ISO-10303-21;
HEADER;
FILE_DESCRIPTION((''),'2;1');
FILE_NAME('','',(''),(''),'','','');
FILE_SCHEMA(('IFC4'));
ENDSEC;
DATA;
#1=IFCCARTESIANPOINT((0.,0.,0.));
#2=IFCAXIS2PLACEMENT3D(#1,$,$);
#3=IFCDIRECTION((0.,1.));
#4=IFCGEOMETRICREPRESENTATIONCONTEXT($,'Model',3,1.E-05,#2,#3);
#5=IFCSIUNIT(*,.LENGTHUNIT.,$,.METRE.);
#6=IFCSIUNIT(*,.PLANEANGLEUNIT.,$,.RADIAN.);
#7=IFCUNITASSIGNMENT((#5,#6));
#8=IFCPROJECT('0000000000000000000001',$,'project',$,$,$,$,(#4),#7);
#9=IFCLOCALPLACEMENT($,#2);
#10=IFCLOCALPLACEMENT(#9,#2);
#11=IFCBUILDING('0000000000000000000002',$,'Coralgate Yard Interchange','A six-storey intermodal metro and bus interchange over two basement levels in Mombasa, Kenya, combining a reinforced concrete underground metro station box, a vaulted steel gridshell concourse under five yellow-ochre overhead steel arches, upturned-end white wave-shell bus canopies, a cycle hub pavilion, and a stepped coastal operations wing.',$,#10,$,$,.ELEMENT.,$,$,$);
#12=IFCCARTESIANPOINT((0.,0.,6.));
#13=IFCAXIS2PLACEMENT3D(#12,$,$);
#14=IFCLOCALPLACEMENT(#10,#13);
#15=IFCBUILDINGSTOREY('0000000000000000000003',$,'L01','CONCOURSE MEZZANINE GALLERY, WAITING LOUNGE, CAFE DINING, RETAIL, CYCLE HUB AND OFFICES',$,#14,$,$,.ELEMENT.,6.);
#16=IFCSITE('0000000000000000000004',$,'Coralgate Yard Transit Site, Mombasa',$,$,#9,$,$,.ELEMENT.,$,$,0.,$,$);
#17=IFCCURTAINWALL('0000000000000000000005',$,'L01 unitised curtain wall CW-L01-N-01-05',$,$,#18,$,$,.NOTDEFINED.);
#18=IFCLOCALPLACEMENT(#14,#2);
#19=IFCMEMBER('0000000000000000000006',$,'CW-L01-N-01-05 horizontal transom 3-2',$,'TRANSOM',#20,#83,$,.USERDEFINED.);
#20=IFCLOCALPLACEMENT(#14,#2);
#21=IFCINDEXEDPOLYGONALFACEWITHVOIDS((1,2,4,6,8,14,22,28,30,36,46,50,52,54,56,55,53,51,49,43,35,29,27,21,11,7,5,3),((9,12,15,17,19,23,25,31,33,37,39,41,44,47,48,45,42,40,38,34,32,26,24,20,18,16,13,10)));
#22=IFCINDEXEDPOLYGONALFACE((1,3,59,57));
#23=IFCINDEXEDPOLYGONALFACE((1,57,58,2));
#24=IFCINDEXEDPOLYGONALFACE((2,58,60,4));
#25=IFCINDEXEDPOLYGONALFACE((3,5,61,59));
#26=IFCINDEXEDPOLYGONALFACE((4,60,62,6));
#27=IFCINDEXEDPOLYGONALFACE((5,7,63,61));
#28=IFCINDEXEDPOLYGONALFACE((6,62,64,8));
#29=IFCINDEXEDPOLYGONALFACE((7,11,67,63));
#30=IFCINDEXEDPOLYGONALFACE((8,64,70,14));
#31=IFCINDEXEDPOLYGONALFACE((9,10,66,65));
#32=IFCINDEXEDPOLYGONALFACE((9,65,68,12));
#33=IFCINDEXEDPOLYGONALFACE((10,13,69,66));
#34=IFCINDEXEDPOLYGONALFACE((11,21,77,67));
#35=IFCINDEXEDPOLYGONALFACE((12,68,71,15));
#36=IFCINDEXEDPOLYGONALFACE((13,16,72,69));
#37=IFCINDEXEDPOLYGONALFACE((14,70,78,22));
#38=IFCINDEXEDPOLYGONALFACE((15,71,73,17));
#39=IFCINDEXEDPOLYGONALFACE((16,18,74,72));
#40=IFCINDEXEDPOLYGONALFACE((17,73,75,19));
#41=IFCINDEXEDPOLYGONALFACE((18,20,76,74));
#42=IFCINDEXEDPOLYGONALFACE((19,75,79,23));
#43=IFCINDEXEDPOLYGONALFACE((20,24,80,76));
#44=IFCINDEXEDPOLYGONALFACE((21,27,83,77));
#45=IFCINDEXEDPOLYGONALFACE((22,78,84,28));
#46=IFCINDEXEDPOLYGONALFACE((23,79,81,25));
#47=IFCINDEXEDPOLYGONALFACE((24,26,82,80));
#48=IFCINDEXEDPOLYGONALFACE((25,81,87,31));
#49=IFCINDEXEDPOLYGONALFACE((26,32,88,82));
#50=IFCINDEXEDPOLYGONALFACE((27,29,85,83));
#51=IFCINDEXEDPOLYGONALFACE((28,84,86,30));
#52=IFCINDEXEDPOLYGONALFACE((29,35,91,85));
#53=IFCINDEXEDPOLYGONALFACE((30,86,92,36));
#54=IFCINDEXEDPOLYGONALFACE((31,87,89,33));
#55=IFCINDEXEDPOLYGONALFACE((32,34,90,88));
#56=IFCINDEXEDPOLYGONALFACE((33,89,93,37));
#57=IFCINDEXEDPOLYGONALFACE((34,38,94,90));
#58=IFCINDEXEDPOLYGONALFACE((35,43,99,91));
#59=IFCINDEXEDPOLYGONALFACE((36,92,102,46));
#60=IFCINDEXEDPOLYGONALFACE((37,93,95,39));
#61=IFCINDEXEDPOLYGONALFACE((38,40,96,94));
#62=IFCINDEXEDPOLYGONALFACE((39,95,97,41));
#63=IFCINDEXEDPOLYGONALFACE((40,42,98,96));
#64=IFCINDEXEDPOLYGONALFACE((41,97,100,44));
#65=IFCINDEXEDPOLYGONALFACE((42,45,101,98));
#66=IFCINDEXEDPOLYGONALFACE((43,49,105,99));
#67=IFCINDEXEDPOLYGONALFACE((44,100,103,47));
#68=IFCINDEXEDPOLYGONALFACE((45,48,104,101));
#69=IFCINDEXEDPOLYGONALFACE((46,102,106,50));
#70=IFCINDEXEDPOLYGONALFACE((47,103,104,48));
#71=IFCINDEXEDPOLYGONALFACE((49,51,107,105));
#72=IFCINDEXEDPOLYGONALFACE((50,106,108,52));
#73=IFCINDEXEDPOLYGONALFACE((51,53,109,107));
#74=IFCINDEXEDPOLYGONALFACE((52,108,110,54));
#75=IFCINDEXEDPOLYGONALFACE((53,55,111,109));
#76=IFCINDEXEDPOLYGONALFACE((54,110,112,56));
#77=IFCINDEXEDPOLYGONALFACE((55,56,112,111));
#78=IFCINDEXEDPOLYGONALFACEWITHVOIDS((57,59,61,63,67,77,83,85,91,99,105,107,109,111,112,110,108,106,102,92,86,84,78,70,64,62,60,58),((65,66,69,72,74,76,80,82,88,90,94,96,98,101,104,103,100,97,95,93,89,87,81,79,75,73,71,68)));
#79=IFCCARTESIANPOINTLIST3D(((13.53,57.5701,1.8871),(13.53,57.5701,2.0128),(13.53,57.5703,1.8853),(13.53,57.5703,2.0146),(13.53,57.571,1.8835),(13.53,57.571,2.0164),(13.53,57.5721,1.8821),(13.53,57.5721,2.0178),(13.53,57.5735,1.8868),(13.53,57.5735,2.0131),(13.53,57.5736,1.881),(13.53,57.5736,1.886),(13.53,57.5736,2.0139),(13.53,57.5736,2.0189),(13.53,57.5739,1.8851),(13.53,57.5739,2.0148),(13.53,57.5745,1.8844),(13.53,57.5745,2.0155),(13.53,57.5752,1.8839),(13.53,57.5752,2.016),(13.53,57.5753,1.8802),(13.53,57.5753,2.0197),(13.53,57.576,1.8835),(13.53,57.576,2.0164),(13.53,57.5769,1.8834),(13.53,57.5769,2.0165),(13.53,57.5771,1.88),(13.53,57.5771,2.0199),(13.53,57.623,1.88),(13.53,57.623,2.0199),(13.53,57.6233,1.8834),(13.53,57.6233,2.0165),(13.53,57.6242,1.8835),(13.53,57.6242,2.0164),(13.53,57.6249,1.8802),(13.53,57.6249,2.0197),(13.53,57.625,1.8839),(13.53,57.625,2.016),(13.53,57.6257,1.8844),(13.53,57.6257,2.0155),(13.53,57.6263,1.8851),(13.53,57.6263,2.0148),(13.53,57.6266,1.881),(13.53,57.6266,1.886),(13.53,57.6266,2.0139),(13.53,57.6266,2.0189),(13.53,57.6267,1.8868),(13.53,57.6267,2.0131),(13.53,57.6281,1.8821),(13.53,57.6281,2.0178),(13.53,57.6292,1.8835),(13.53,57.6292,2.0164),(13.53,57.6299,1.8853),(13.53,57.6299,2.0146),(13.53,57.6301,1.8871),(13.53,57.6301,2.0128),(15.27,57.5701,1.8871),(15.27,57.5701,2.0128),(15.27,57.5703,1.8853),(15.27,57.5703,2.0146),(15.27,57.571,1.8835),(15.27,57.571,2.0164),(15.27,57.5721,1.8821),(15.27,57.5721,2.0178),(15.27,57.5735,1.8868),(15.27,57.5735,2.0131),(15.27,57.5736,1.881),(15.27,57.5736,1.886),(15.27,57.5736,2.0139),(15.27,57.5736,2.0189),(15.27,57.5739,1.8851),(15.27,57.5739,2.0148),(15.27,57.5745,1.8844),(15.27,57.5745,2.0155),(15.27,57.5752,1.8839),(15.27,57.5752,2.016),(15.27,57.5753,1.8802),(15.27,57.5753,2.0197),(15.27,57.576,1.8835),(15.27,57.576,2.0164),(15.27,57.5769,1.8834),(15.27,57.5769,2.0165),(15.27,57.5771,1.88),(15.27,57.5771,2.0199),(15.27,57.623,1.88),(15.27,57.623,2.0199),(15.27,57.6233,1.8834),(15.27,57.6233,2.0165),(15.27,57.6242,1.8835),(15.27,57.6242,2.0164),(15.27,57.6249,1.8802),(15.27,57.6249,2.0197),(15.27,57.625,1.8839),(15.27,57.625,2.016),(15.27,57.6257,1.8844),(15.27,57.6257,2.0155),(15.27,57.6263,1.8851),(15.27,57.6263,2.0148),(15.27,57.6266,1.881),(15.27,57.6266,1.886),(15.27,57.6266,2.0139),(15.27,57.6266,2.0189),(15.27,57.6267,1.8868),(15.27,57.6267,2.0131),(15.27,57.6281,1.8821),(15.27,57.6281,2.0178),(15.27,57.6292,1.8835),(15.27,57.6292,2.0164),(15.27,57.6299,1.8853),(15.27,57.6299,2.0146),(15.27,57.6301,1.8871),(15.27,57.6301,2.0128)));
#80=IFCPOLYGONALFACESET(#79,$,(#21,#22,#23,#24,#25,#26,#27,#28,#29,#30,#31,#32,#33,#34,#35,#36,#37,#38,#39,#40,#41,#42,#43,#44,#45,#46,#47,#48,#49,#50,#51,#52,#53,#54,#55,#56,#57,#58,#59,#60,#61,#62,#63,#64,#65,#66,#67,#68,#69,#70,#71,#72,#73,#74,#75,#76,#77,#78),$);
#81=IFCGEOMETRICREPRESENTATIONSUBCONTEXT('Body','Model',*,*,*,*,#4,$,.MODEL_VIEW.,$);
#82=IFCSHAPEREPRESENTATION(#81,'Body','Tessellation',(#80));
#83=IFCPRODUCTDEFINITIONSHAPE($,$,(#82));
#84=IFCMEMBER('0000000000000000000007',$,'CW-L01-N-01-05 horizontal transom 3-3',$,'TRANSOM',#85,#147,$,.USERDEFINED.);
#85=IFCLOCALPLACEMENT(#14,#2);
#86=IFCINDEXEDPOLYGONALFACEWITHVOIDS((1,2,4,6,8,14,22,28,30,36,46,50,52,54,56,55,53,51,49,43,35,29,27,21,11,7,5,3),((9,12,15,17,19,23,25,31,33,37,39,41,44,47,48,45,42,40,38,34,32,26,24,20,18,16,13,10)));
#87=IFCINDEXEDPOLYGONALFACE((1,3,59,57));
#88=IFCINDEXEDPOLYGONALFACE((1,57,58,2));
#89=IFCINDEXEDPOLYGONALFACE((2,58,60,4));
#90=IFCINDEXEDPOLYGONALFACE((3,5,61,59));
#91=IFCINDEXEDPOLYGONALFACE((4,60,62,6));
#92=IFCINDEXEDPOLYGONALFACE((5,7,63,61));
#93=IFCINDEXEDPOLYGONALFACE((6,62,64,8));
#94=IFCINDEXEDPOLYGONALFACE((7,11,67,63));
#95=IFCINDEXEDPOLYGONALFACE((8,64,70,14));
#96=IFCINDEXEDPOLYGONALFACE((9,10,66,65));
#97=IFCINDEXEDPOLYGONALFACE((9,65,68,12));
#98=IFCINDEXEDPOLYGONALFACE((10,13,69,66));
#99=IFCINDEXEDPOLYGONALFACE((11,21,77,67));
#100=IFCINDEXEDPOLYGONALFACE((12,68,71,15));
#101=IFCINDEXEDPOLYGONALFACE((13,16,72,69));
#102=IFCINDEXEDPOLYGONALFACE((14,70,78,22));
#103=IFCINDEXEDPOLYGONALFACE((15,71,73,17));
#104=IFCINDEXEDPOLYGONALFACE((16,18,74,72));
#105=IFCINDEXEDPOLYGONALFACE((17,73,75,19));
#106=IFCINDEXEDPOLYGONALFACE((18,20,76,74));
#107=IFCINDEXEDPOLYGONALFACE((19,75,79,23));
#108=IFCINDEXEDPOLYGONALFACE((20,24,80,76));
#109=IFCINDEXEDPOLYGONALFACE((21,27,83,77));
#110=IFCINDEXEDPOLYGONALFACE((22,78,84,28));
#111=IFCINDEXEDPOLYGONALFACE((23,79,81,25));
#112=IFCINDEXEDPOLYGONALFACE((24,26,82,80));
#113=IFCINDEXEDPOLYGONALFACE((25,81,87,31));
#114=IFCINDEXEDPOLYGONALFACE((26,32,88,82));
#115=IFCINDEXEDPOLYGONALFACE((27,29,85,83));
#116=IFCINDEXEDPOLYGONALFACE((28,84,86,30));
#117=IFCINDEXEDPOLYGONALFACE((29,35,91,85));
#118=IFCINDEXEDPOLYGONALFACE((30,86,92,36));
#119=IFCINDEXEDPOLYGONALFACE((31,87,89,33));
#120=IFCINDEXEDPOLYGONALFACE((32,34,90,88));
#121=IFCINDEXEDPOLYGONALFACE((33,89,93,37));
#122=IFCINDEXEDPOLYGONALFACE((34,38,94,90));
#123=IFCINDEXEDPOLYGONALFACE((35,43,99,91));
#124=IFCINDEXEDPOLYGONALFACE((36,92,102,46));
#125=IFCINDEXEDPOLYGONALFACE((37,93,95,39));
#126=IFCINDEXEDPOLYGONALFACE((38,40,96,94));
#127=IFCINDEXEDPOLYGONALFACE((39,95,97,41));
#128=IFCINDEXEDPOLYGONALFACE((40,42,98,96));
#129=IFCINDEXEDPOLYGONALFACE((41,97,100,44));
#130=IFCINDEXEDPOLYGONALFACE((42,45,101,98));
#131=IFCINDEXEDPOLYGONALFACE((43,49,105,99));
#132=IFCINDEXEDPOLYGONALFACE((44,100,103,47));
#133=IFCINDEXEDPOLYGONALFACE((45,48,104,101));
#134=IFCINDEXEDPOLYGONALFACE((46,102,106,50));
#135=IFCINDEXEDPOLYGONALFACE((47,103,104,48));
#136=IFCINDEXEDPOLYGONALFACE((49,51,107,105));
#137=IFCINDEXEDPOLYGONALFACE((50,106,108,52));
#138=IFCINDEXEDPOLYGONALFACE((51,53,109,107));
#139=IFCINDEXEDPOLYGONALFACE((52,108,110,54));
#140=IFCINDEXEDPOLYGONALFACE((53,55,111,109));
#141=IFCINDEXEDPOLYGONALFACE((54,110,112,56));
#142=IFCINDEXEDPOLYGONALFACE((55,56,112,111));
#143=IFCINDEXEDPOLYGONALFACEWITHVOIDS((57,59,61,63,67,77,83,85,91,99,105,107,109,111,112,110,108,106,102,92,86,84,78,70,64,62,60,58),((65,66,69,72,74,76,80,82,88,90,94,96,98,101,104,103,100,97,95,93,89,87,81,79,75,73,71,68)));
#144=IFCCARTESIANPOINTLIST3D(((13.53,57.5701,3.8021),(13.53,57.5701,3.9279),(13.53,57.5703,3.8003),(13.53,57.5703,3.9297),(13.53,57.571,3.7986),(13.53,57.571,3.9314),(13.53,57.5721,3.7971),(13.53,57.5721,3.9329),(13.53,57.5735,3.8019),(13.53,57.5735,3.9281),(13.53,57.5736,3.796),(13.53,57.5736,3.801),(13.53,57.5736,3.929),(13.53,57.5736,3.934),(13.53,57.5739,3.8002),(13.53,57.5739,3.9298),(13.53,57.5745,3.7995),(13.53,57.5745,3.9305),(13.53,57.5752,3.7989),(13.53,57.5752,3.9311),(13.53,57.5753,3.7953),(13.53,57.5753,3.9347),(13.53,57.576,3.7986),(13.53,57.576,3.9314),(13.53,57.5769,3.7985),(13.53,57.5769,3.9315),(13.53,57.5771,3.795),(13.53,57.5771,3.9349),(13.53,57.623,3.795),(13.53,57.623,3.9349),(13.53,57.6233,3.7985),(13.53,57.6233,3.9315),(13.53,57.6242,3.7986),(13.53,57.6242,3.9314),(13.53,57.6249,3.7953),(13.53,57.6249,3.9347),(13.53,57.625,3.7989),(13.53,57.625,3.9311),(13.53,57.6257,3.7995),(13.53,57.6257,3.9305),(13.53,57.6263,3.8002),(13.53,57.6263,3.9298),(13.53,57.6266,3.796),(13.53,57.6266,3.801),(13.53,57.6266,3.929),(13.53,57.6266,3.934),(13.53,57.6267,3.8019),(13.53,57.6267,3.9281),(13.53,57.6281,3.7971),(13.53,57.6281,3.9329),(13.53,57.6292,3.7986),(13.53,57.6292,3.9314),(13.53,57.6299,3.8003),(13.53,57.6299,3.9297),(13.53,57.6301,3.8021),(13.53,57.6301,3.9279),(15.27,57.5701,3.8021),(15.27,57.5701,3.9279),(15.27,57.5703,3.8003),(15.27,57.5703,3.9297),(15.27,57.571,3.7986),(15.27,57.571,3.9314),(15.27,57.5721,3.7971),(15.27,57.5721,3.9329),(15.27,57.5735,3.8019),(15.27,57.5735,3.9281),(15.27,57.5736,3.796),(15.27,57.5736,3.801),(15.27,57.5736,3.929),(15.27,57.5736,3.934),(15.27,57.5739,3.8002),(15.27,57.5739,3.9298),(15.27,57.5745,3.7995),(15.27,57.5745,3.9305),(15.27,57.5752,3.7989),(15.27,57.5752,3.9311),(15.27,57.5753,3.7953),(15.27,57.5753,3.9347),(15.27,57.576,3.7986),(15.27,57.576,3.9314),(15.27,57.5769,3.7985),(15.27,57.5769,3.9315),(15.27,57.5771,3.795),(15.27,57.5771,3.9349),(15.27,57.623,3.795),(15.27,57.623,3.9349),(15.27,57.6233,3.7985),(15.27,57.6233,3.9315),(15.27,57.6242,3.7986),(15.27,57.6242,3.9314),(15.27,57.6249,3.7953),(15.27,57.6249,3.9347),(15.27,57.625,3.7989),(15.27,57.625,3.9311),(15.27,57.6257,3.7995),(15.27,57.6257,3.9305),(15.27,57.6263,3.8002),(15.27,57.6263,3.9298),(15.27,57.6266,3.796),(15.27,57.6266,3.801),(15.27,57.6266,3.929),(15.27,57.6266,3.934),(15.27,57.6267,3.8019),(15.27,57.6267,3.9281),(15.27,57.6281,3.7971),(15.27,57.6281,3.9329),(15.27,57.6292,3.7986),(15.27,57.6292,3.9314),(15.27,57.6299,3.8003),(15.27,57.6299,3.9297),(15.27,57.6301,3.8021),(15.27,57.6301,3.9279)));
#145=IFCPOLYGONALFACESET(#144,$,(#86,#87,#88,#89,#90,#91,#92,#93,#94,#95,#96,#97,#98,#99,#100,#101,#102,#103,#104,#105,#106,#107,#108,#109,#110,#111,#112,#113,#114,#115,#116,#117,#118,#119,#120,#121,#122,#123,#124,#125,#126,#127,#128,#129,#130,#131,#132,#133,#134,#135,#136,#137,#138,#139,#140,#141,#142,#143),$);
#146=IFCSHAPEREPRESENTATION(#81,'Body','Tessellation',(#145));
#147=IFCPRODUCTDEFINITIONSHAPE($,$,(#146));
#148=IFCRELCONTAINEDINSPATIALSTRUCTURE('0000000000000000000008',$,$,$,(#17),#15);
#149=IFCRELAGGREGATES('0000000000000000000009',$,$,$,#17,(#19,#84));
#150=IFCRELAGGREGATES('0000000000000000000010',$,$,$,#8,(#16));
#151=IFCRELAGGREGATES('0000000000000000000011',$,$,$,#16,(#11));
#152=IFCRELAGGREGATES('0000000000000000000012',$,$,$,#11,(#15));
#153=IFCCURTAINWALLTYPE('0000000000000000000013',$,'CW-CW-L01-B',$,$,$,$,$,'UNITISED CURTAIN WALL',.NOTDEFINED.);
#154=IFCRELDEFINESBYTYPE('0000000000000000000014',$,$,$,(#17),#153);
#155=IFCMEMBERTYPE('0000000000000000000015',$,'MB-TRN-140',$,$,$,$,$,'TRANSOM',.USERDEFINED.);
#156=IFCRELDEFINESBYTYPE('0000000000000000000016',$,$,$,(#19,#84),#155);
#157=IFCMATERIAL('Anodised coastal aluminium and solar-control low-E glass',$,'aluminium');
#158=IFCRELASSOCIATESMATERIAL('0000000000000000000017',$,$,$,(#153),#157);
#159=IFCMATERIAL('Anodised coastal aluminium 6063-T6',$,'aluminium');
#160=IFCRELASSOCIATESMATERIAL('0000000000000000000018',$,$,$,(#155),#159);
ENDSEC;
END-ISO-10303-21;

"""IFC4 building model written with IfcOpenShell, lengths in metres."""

from ifc_helpers import new_model, si_unit, direction, frame, origin, origin_2d, place, context, subcontext, project, spatial, hollow_rectangle, extrude, material, material_profile, profile_set, type_object, element, aggregate, save


model = new_model("IFC4")

# Units and contexts
model_context = context("Model", 3, precision=1e-05, world=origin(), true_north=direction((0.0, 1.0)))
body_context = subcontext(model_context, "Body", "Model", "MODEL_VIEW")
ifc_project = project(units=[si_unit("LENGTHUNIT", "METRE"), si_unit("PLANEANGLEUNIT", "RADIAN")], contexts=[model_context])

# Site, building, storey
site_placement = place(None, origin())
site = spatial("IfcSite", under=ifc_project, at=site_placement, Name="Coralgate Yard Transit Site, Mombasa", CompositionType="ELEMENT", RefElevation=0.0)
building_placement = place(site_placement, origin())
building = spatial("IfcBuilding", under=site, at=building_placement, Name="Coralgate Yard Interchange", Description="A six-storey intermodal metro and bus interchange over two basement levels in Mombasa, Kenya, combining a reinforced concrete underground metro station box, a vaulted steel gridshell concourse under five yellow-ochre overhead steel arches, upturned-end white wave-shell bus canopies, a cycle hub pavilion, and a stepped coastal operations wing.", CompositionType="ELEMENT")
storey_placement = place(building_placement, frame((0.0, 0.0, 6.0)))
storey = spatial("IfcBuildingStorey", under=building, at=storey_placement, Name="L01", Description="CONCOURSE MEZZANINE GALLERY, WAITING LOUNGE, CAFE DINING, RETAIL, CYCLE HUB AND OFFICES", CompositionType="ELEMENT", Elevation=6.0)

# Curtain wall, members
ifc_material_1 = material(Name="Anodised coastal aluminium and solar-control low-E glass", Category="aluminium")
curtain_wall_type = type_object("IfcCurtainWallType", Name="CW-CW-L01-B", ElementType="UNITISED CURTAIN WALL", PredefinedType="NOTDEFINED", material=ifc_material_1)
curtain_wall_placement = place(storey_placement, origin())
curtain_wall = element("IfcCurtainWall", 1, at=curtain_wall_placement, inside=storey, type_object=curtain_wall_type, Name="L01 unitised curtain wall CW-L01-N-01-05", PredefinedType="NOTDEFINED")
ifc_material_2 = material(Name="Anodised coastal aluminium 6063-T6", Category="aluminium")
ifc_material_profile_1 = material_profile(ifc_material_2, hollow_rectangle(XDim=0.0601, YDim=0.1399, WallThickness=0.0034, InnerFilletRadius=0.0034, OuterFilletRadius=0.0071, at=origin_2d()), Name="ALU 60x140x3.5")
ifc_profile_set_1 = profile_set([ifc_material_profile_1], Name="Anodised coastal aluminium 6063-T6")
member_type_1 = type_object("IfcMemberType", Name="MB-TRN-140", ElementType="TRANSOM", PredefinedType="USERDEFINED", material=ifc_profile_set_1)
member_1_placement = place(storey_placement, frame((13.53, 57.6001, 1.95), z_axis=(1.0, 0.0, 0.0), x_axis=(0.0, 1.0, 0.0)))
member_1 = element("IfcMember", 2, at=member_1_placement, type_object=member_type_1, Name="CW-L01-N-01-05 horizontal transom 3-2", ObjectType="TRANSOM", PredefinedType="USERDEFINED", context=body_context, shape_type="SweptSolid", body=[
    extrude(hollow_rectangle(XDim=0.0601, YDim=0.1399, WallThickness=0.0034, InnerFilletRadius=0.0034, OuterFilletRadius=0.0071, at=origin_2d()), origin(), (0.0, 0.0, 1.0), 1.74),
])
member_2_placement = place(storey_placement, frame((13.53, 57.6001, 3.865), z_axis=(1.0, 0.0, 0.0), x_axis=(0.0, 1.0, 0.0)))
member_2 = element("IfcMember", 3, at=member_2_placement, type_object=member_type_1, Name="CW-L01-N-01-05 horizontal transom 3-3", ObjectType="TRANSOM", PredefinedType="USERDEFINED", context=body_context, shape_type="SweptSolid", body=[
    extrude(hollow_rectangle(XDim=0.0601, YDim=0.1399, WallThickness=0.0034, InnerFilletRadius=0.0034, OuterFilletRadius=0.0071, at=origin_2d()), origin(), (0.0, 0.0, 1.0), 1.74),
])
aggregate(curtain_wall, [member_1, member_2])

save(model, "model.ifc")
